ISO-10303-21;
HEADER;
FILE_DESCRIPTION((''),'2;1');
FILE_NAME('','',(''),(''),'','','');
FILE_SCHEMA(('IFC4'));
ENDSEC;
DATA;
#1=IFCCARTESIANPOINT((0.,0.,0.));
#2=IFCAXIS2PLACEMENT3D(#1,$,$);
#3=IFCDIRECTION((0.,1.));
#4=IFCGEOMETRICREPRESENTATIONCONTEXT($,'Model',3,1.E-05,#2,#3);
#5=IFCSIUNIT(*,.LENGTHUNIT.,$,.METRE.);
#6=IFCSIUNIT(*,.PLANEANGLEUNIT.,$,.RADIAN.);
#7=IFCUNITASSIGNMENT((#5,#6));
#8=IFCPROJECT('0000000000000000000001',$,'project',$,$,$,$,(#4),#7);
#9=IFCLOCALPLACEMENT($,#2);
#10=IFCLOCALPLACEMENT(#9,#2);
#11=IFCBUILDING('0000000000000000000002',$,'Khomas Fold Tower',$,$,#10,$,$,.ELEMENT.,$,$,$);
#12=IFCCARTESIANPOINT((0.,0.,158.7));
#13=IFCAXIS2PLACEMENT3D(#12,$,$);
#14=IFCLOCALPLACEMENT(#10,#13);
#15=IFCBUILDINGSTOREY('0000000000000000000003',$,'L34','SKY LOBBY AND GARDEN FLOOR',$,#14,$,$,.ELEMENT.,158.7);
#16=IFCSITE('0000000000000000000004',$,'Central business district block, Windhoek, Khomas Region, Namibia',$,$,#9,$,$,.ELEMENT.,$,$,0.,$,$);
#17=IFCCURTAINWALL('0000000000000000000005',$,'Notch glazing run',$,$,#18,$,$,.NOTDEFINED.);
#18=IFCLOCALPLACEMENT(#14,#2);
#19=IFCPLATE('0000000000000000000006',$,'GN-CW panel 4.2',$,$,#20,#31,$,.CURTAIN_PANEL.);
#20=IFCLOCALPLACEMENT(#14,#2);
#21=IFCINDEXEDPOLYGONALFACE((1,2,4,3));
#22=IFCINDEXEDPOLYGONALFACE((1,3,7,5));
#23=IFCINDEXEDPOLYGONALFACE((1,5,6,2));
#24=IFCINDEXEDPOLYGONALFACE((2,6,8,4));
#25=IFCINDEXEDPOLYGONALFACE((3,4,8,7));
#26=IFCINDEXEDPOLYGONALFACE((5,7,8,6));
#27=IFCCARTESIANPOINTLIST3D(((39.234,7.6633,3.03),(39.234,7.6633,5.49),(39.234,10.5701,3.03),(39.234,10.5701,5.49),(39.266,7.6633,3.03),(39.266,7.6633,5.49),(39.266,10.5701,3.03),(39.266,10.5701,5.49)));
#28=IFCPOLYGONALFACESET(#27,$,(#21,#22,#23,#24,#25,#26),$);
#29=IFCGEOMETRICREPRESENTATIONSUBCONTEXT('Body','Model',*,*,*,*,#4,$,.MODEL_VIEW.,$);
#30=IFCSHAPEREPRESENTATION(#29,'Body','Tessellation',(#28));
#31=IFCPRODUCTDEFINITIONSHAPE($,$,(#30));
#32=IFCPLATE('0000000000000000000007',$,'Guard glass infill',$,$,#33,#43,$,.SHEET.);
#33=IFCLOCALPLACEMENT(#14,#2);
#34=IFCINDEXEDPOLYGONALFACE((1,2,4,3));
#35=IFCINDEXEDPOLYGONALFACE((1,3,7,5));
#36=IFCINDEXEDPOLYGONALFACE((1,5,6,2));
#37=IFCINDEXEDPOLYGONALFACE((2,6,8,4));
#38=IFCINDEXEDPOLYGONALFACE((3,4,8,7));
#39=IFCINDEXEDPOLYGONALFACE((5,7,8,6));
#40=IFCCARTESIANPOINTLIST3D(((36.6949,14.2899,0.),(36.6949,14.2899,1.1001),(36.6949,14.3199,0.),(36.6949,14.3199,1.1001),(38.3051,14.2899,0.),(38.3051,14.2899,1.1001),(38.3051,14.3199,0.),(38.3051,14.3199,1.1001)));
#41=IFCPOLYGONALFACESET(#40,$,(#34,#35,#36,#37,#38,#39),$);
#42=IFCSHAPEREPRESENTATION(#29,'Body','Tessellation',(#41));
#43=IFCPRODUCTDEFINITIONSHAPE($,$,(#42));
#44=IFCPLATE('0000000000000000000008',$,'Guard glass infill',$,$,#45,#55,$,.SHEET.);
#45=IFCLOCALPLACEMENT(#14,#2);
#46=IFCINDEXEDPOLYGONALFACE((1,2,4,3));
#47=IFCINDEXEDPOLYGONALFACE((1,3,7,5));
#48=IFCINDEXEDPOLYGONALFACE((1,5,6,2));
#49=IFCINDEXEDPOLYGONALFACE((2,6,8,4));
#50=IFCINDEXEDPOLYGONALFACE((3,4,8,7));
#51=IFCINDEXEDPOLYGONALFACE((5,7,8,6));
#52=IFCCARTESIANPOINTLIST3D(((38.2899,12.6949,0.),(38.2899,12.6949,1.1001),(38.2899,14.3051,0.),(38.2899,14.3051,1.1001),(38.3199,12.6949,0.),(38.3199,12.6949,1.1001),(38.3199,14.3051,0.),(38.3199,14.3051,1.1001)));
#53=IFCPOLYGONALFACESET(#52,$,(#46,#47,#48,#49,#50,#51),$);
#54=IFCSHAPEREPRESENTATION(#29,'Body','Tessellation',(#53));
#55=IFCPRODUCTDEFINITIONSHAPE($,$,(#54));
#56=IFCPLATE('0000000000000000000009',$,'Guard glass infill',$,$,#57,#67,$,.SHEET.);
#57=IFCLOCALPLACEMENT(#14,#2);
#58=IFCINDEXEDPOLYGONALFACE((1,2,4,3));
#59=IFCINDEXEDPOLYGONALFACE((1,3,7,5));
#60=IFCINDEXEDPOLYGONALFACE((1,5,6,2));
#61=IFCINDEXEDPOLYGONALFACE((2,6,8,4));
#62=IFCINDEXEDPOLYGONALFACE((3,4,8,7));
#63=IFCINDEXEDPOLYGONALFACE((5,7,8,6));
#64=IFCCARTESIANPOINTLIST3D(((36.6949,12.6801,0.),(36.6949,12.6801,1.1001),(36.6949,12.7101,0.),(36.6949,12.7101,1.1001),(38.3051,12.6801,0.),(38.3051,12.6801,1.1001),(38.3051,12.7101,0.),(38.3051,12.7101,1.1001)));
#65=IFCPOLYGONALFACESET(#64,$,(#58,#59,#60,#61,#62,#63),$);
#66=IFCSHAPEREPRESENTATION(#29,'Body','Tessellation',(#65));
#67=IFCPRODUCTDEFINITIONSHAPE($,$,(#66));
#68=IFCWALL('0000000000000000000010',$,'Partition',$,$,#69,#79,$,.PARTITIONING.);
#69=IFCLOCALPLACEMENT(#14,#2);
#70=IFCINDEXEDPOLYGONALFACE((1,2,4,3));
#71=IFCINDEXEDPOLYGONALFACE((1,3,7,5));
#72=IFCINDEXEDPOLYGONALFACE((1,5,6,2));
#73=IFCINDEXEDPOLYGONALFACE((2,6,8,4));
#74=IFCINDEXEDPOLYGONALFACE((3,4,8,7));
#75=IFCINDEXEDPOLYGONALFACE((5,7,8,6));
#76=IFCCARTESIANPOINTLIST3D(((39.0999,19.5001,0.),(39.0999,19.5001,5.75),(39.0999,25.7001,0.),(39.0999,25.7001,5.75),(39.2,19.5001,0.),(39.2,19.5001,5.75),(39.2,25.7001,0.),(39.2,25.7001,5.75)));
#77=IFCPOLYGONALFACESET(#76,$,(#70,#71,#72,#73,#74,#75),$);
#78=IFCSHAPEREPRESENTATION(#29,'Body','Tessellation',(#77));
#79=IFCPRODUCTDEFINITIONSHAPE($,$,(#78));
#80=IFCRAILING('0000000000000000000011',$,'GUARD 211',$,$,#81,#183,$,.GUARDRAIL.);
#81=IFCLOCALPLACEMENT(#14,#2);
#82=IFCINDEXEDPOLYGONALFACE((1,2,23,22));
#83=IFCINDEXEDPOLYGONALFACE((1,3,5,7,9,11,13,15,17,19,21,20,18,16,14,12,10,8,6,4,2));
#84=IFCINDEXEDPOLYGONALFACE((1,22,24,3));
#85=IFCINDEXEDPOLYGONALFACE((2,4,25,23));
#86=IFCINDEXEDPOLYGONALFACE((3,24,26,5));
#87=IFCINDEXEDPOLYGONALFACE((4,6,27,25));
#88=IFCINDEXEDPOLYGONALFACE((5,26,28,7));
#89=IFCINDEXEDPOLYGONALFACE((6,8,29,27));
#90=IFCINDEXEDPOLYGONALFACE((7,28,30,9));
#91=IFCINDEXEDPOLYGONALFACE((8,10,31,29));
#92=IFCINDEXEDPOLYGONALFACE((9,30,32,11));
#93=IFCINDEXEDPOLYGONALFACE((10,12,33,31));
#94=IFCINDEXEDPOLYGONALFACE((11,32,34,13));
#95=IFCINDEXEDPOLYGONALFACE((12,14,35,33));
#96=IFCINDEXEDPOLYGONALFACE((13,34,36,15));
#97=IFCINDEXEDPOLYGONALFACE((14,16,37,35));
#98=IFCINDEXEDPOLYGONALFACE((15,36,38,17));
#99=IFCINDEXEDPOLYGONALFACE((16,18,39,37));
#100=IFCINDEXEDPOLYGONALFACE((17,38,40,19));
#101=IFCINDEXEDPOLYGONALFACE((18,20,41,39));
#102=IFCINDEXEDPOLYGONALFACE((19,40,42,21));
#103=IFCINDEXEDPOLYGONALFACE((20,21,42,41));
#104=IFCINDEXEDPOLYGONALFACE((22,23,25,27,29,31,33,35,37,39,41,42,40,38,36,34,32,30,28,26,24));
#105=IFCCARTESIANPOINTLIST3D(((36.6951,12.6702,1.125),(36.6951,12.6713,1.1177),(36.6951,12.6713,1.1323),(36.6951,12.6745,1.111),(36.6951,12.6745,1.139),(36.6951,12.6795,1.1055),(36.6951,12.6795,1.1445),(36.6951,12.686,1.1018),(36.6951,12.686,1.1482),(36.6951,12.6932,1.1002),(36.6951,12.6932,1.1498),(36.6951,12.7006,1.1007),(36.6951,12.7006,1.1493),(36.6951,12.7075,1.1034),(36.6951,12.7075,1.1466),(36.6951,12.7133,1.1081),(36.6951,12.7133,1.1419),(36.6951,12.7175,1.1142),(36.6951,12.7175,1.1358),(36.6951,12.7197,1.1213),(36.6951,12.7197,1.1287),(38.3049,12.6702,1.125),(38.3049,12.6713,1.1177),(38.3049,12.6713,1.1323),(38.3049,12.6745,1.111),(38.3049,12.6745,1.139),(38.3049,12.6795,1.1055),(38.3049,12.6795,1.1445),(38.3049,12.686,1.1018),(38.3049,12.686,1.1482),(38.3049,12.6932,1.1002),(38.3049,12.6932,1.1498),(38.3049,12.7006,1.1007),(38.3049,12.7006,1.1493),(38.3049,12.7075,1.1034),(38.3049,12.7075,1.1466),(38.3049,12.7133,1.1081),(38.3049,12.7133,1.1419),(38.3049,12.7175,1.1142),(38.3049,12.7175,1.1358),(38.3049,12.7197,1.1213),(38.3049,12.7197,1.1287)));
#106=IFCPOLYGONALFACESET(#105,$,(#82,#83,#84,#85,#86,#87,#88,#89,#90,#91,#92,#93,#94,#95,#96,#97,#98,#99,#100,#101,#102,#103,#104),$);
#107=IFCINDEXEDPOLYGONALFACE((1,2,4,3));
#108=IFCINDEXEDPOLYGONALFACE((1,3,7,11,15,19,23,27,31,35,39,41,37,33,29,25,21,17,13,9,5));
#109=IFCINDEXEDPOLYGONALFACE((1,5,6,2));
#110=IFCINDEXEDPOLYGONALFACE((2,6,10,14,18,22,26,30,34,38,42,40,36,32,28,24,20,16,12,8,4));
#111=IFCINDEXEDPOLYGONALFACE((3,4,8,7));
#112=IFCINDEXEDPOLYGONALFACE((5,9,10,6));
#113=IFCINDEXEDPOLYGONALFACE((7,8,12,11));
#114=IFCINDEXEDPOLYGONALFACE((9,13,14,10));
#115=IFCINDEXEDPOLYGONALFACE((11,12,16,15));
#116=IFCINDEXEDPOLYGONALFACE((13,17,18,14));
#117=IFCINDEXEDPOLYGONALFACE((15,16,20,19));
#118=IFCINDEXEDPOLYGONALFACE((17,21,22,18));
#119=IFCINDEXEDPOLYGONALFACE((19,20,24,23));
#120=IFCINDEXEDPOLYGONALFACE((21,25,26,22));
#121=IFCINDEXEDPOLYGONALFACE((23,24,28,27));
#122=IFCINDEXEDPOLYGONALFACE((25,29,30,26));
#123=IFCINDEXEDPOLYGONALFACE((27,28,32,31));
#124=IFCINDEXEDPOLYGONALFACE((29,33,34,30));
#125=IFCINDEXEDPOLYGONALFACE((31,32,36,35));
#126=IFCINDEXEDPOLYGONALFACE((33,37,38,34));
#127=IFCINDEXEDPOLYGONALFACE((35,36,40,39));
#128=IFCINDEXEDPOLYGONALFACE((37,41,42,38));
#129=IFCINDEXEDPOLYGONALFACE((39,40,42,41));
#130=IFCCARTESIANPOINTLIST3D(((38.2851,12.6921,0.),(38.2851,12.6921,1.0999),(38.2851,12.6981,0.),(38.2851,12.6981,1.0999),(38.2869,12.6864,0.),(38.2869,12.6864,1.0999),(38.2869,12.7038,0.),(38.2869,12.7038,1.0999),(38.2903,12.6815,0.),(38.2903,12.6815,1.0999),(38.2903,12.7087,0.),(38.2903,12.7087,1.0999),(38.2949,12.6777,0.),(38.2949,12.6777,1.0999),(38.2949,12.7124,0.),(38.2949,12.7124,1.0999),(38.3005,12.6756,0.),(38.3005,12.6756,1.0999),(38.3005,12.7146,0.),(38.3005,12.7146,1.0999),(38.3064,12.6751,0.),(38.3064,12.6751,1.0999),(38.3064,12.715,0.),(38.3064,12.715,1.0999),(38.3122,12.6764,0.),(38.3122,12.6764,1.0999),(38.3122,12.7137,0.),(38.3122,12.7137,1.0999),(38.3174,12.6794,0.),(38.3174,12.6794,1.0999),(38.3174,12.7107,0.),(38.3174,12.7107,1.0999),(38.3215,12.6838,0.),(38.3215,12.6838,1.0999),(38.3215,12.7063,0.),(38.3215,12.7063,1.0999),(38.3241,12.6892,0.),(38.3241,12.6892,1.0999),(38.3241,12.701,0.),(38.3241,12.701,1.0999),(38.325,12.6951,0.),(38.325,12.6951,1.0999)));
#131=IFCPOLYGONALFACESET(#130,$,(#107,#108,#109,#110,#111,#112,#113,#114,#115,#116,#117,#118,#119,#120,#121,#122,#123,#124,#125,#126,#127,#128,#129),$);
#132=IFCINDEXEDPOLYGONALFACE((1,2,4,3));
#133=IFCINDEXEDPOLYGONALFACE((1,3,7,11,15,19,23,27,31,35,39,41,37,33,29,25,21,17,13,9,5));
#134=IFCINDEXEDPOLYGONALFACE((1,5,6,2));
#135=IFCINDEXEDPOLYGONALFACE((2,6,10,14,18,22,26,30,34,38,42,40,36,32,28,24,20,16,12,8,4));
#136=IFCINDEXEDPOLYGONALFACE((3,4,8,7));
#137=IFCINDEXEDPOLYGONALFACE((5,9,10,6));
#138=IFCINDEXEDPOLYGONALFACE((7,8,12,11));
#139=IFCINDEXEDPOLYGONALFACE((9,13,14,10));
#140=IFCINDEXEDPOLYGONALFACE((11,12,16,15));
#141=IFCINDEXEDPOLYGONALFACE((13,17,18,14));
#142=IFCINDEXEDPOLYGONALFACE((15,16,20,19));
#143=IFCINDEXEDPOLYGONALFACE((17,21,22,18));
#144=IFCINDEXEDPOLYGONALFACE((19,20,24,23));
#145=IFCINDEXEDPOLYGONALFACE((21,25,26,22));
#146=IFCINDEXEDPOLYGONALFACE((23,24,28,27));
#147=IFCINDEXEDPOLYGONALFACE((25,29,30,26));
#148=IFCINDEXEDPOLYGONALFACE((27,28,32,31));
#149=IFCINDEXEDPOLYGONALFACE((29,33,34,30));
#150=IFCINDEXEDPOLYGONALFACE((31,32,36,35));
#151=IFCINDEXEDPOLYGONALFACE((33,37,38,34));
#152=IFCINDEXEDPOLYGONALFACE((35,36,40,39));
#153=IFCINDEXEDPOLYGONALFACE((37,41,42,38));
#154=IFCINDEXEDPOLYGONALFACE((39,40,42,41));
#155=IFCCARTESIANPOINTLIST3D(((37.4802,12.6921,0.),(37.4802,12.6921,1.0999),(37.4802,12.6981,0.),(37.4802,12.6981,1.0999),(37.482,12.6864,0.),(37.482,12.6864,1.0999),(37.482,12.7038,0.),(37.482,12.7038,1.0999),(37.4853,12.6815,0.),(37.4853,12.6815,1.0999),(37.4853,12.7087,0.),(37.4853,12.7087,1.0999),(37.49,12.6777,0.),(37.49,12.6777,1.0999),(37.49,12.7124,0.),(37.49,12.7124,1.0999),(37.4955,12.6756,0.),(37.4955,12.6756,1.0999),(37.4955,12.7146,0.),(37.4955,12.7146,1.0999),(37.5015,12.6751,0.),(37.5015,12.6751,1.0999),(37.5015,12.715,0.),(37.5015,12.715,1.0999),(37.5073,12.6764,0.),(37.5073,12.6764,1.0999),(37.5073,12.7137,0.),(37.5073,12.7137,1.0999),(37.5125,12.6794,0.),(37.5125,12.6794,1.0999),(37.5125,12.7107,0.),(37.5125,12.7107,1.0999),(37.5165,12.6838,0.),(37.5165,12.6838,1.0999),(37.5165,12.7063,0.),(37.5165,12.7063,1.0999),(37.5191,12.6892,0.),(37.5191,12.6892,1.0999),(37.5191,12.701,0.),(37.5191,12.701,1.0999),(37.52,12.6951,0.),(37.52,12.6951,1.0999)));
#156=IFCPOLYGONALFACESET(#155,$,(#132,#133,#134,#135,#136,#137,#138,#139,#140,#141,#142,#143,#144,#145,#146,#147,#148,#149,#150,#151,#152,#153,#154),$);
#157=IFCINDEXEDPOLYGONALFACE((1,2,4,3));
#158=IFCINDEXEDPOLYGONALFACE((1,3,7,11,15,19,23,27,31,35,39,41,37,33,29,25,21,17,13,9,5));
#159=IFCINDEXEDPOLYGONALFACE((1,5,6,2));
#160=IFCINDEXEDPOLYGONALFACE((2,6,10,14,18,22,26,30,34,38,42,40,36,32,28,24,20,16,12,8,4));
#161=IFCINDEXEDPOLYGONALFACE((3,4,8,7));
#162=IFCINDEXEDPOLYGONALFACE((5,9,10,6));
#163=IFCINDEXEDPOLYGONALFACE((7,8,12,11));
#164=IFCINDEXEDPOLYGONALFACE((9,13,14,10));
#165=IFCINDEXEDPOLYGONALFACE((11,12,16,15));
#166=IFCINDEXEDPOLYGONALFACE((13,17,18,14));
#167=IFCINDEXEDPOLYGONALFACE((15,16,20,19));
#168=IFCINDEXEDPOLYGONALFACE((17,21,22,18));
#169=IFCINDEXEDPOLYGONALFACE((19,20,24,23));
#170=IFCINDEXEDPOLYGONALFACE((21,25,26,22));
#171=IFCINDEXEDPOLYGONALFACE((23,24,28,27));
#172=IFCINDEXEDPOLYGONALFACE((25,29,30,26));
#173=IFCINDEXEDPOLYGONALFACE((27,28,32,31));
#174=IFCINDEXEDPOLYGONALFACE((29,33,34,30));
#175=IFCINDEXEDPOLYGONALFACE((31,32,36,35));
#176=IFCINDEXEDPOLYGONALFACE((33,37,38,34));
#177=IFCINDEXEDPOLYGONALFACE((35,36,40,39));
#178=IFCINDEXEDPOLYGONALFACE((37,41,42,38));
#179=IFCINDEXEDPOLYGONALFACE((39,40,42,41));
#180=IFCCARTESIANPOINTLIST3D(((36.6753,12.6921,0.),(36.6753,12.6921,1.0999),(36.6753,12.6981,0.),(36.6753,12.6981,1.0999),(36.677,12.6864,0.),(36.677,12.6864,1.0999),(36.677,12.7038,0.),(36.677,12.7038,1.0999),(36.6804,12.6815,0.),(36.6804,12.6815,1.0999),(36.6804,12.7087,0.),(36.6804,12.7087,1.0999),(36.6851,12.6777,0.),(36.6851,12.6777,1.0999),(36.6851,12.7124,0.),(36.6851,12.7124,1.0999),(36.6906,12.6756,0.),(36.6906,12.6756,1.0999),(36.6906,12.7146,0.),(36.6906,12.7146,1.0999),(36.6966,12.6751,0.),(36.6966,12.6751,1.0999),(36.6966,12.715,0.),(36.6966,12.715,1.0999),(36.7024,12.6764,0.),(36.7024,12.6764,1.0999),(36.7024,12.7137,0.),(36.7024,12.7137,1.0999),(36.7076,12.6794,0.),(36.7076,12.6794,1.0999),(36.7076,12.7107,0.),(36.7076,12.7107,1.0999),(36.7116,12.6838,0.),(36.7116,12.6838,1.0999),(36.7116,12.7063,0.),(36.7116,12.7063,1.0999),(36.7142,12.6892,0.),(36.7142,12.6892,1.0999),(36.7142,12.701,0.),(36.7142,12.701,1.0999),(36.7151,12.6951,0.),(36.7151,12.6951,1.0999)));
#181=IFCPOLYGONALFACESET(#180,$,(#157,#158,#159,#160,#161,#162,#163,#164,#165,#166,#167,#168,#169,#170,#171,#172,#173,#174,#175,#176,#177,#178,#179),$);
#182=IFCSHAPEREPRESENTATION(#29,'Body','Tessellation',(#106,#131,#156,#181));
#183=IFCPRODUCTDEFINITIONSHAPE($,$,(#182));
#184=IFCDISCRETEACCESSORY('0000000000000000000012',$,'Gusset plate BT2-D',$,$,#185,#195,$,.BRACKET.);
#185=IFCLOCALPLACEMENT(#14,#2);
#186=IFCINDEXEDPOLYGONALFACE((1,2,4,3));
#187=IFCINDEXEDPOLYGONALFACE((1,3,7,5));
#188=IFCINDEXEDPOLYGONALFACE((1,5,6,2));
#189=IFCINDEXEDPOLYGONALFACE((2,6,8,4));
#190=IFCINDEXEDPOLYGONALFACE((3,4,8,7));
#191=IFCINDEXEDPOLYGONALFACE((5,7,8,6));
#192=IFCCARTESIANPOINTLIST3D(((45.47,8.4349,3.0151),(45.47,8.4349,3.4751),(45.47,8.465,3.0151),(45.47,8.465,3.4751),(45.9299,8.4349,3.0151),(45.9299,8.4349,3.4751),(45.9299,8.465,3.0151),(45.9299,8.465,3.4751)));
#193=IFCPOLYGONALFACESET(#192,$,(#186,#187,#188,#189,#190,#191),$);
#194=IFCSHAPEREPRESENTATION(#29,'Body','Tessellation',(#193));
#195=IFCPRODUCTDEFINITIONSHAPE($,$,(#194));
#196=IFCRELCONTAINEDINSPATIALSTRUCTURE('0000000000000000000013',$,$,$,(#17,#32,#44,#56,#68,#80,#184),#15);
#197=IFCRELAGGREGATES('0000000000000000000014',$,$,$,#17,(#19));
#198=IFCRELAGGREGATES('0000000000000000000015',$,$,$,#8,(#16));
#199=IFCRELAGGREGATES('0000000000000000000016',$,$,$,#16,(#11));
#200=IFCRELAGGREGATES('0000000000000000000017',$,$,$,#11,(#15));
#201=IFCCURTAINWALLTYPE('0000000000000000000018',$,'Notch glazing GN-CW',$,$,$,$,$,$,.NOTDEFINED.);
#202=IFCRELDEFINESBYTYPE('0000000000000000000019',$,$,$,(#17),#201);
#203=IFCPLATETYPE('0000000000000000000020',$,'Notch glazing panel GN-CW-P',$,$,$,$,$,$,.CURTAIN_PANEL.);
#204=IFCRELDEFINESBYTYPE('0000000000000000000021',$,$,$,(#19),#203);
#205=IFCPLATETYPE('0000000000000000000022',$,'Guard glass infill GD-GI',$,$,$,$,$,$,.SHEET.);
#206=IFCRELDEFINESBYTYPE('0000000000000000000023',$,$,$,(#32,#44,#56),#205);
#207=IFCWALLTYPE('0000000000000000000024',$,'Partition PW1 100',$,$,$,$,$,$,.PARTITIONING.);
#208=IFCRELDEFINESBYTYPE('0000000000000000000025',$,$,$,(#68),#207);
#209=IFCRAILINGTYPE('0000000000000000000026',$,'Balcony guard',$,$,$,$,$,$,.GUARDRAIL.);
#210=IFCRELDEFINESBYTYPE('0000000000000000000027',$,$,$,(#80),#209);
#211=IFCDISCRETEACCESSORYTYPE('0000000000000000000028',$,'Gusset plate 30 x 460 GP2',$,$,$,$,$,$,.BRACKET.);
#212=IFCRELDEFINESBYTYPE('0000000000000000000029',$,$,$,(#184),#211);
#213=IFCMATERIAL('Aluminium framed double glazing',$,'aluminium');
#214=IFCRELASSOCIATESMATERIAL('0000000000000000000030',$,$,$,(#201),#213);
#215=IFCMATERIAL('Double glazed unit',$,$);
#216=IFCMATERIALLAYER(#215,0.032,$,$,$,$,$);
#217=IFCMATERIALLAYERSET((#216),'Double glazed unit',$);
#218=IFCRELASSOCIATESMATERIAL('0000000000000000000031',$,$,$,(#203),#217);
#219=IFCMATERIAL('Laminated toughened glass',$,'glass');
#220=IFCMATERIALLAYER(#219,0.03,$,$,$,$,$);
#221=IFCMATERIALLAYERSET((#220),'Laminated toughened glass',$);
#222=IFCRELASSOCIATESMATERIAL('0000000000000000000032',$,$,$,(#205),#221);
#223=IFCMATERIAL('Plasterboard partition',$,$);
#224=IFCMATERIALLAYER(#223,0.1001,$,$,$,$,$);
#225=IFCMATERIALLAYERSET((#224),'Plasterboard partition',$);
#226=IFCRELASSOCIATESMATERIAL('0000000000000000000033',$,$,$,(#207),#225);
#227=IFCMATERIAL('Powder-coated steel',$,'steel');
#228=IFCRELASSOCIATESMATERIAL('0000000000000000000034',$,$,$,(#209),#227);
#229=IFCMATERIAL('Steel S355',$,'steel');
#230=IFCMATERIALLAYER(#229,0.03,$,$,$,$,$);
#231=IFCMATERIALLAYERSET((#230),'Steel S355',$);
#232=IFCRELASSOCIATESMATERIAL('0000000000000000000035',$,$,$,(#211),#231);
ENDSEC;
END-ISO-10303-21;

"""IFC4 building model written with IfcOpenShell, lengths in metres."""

from ifc_helpers import new_model, si_unit, direction, frame, frame_2d, origin, origin_2d, place, context, subcontext, project, spatial, rectangle, circle, extrude, source, transform, mapped, material, layer, layer_set, type_object, element, aggregate, save


model = new_model("IFC4")

# Units and contexts
model_context = context("Model", 3, precision=1e-05, world=origin(), true_north=direction((0.0, 1.0)))
body_context = subcontext(model_context, "Body", "Model", "MODEL_VIEW")
ifc_project = project(units=[si_unit("LENGTHUNIT", "METRE"), si_unit("PLANEANGLEUNIT", "RADIAN")], contexts=[model_context])

# Site, building, storey
site_placement = place(None, origin())
site = spatial("IfcSite", under=ifc_project, at=site_placement, Name="Central business district block, Windhoek, Khomas Region, Namibia", CompositionType="ELEMENT", RefElevation=0.0)
building_placement = place(site_placement, origin())
building = spatial("IfcBuilding", under=site, at=building_placement, Name="Khomas Fold Tower", CompositionType="ELEMENT")
storey_placement = place(building_placement, frame((0.0, 0.0, 158.7)))
storey = spatial("IfcBuildingStorey", under=building, at=storey_placement, Name="L34", Description="SKY LOBBY AND GARDEN FLOOR", CompositionType="ELEMENT", Elevation=158.7)

# Shared definitions
ifc_material_1 = material(Name="Aluminium framed double glazing", Category="aluminium")
curtain_wall_type = type_object("IfcCurtainWallType", Name="Notch glazing GN-CW", PredefinedType="NOTDEFINED", material=ifc_material_1)

# Curtain wall
curtain_wall_1_placement = place(storey_placement, origin())
curtain_wall_1 = element("IfcCurtainWall", 1, at=curtain_wall_1_placement, inside=storey, type_object=curtain_wall_type, Name="Notch glazing run", PredefinedType="NOTDEFINED")

# Plate
ifc_material_2 = material(Name="Double glazed unit")
ifc_layer_1 = layer(ifc_material_2, 0.032)
ifc_layer_set_1 = layer_set([ifc_layer_1], Name="Double glazed unit")
plate_type_1 = type_object("IfcPlateType", Name="Notch glazing panel GN-CW-P", PredefinedType="CURTAIN_PANEL", material=ifc_layer_set_1)
shared_shape_1 = source(origin(), body_context, "Body", "SweptSolid", [
    extrude(rectangle(XDim=2.9067, YDim=0.032, at=origin_2d()), origin(), (0.0, 0.0, 1.0), 2.46),
])
plate_1_placement = place(storey_placement, frame((39.25, 9.1167, 3.03), z_axis=(0.0, 0.0, 1.0), x_axis=(0.0, -1.0, 0.0)))
plate_1 = element("IfcPlate", 2, at=plate_1_placement, type_object=plate_type_1, Name="GN-CW panel 4.2", PredefinedType="CURTAIN_PANEL", context=body_context, shape_type="MappedRepresentation", body=[
    mapped(shared_shape_1, transform((0.0, 0.0, 0.0))),
])
aggregate(curtain_wall_1, [plate_1])

# Plates
ifc_material_3 = material(Name="Laminated toughened glass", Category="glass")
ifc_layer_2 = layer(ifc_material_3, 0.03)
ifc_layer_set_2 = layer_set([ifc_layer_2], Name="Laminated toughened glass")
plate_type_2 = type_object("IfcPlateType", Name="Guard glass infill GD-GI", PredefinedType="SHEET", material=ifc_layer_set_2)
shared_shape_2 = source(origin(), body_context, "Body", "SweptSolid", [
    extrude(rectangle(XDim=1.6101, YDim=0.03, at=origin_2d()), origin(), (0.0, 0.0, 1.0), 1.1001),
])
for number, where, z_axis, x_axis, name in (
    (3, (37.5, 14.3049, 0.0), (0.0, 0.0, 1.0), (1.0, 0.0, 0.0), "Guard glass infill"),
    (4, (38.3049, 13.5, 0.0), (0.0, 0.0, 1.0), (0.0, -1.0, 0.0), "Guard glass infill"),
    (5, (37.5, 12.6951, 0.0), (0.0, 0.0, 1.0), (-1.0, 0.0, 0.0), "Guard glass infill"),
):
    element("IfcPlate", number, at=place(storey_placement, frame(where, z_axis=z_axis, x_axis=x_axis)), inside=storey, type_object=plate_type_2, Name=name, PredefinedType="SHEET", context=body_context, shape_type="MappedRepresentation", body=[
        mapped(shared_shape_2, transform((0.0, 0.0, 0.0))),
    ])

# Wall
ifc_material_4 = material(Name="Plasterboard partition")
ifc_layer_3 = layer(ifc_material_4, 0.1001)
ifc_layer_set_3 = layer_set([ifc_layer_3], Name="Plasterboard partition")
wall_type = type_object("IfcWallType", Name="Partition PW1 100", PredefinedType="PARTITIONING", material=ifc_layer_set_3)
shared_shape_3 = source(origin(), body_context, "Body", "SweptSolid", [
    extrude(rectangle(XDim=6.2, YDim=0.1001, at=frame_2d((3.1001, 0.0))), origin(), (0.0, 0.0, 1.0), 5.75),
])
wall_placement = place(storey_placement, frame((39.1499, 19.5, 0.0), z_axis=(0.0, 0.0, 1.0), x_axis=(0.0, 1.0, 0.0)))
element("IfcWall", 6, at=wall_placement, inside=storey, type_object=wall_type, Name="Partition", PredefinedType="PARTITIONING", context=body_context, shape_type="MappedRepresentation", body=[
    mapped(shared_shape_3, transform((0.0, 0.0, 0.0))),
])

# Railing
ifc_material_5 = material(Name="Powder-coated steel", Category="steel")
railing_type = type_object("IfcRailingType", Name="Balcony guard", PredefinedType="GUARDRAIL", material=ifc_material_5)
shared_shape_4 = source(origin(), body_context, "Body", "SweptSolid", [
    extrude(circle(Radius=0.0249, at=origin_2d()), frame((0.0, 0.0, 1.125), z_axis=(-1.0, 0.0, 0.0), x_axis=(0.0, -1.0, 0.0)), (0.0, 0.0, 1.0), 1.6099),
    extrude(circle(Radius=0.02, at=origin_2d()), origin(), (0.0, 0.0, 1.0), 1.0999),
    extrude(circle(Radius=0.02, at=origin_2d()), frame((-0.8049, 0.0, 0.0)), (0.0, 0.0, 1.0), 1.0999),
    extrude(circle(Radius=0.02, at=origin_2d()), frame((-1.6099, 0.0, 0.0)), (0.0, 0.0, 1.0), 1.0999),
])
railing_placement = place(storey_placement, frame((38.3049, 12.6951, 0.0)))
element("IfcRailing", 7, at=railing_placement, inside=storey, type_object=railing_type, Name="GUARD 211", PredefinedType="GUARDRAIL", context=body_context, shape_type="MappedRepresentation", body=[
    mapped(shared_shape_4, transform((0.0, 0.0, 0.0))),
])

# Discrete accessory
ifc_material_6 = material(Name="Steel S355", Category="steel")
ifc_layer_4 = layer(ifc_material_6, 0.03)
ifc_layer_set_4 = layer_set([ifc_layer_4], Name="Steel S355")
discrete_accessory_type = type_object("IfcDiscreteAccessoryType", Name="Gusset plate 30 x 460 GP2", PredefinedType="BRACKET", material=ifc_layer_set_4)
shared_shape_5 = source(origin(), body_context, "Body", "SweptSolid", [
    extrude(rectangle(XDim=0.46, YDim=0.03, at=origin_2d()), origin(), (0.0, 0.0, 1.0), 0.46),
])
discrete_accessory_placement = place(storey_placement, frame((45.7, 8.45, 3.0151), z_axis=(0.0, 0.0, 1.0), x_axis=(1.0, 0.0, 0.0)))
element("IfcDiscreteAccessory", 8, at=discrete_accessory_placement, inside=storey, type_object=discrete_accessory_type, Name="Gusset plate BT2-D", PredefinedType="BRACKET", context=body_context, shape_type="MappedRepresentation", body=[
    mapped(shared_shape_5, transform((0.0, 0.0, 0.0))),
])

save(model, "model.ifc")
